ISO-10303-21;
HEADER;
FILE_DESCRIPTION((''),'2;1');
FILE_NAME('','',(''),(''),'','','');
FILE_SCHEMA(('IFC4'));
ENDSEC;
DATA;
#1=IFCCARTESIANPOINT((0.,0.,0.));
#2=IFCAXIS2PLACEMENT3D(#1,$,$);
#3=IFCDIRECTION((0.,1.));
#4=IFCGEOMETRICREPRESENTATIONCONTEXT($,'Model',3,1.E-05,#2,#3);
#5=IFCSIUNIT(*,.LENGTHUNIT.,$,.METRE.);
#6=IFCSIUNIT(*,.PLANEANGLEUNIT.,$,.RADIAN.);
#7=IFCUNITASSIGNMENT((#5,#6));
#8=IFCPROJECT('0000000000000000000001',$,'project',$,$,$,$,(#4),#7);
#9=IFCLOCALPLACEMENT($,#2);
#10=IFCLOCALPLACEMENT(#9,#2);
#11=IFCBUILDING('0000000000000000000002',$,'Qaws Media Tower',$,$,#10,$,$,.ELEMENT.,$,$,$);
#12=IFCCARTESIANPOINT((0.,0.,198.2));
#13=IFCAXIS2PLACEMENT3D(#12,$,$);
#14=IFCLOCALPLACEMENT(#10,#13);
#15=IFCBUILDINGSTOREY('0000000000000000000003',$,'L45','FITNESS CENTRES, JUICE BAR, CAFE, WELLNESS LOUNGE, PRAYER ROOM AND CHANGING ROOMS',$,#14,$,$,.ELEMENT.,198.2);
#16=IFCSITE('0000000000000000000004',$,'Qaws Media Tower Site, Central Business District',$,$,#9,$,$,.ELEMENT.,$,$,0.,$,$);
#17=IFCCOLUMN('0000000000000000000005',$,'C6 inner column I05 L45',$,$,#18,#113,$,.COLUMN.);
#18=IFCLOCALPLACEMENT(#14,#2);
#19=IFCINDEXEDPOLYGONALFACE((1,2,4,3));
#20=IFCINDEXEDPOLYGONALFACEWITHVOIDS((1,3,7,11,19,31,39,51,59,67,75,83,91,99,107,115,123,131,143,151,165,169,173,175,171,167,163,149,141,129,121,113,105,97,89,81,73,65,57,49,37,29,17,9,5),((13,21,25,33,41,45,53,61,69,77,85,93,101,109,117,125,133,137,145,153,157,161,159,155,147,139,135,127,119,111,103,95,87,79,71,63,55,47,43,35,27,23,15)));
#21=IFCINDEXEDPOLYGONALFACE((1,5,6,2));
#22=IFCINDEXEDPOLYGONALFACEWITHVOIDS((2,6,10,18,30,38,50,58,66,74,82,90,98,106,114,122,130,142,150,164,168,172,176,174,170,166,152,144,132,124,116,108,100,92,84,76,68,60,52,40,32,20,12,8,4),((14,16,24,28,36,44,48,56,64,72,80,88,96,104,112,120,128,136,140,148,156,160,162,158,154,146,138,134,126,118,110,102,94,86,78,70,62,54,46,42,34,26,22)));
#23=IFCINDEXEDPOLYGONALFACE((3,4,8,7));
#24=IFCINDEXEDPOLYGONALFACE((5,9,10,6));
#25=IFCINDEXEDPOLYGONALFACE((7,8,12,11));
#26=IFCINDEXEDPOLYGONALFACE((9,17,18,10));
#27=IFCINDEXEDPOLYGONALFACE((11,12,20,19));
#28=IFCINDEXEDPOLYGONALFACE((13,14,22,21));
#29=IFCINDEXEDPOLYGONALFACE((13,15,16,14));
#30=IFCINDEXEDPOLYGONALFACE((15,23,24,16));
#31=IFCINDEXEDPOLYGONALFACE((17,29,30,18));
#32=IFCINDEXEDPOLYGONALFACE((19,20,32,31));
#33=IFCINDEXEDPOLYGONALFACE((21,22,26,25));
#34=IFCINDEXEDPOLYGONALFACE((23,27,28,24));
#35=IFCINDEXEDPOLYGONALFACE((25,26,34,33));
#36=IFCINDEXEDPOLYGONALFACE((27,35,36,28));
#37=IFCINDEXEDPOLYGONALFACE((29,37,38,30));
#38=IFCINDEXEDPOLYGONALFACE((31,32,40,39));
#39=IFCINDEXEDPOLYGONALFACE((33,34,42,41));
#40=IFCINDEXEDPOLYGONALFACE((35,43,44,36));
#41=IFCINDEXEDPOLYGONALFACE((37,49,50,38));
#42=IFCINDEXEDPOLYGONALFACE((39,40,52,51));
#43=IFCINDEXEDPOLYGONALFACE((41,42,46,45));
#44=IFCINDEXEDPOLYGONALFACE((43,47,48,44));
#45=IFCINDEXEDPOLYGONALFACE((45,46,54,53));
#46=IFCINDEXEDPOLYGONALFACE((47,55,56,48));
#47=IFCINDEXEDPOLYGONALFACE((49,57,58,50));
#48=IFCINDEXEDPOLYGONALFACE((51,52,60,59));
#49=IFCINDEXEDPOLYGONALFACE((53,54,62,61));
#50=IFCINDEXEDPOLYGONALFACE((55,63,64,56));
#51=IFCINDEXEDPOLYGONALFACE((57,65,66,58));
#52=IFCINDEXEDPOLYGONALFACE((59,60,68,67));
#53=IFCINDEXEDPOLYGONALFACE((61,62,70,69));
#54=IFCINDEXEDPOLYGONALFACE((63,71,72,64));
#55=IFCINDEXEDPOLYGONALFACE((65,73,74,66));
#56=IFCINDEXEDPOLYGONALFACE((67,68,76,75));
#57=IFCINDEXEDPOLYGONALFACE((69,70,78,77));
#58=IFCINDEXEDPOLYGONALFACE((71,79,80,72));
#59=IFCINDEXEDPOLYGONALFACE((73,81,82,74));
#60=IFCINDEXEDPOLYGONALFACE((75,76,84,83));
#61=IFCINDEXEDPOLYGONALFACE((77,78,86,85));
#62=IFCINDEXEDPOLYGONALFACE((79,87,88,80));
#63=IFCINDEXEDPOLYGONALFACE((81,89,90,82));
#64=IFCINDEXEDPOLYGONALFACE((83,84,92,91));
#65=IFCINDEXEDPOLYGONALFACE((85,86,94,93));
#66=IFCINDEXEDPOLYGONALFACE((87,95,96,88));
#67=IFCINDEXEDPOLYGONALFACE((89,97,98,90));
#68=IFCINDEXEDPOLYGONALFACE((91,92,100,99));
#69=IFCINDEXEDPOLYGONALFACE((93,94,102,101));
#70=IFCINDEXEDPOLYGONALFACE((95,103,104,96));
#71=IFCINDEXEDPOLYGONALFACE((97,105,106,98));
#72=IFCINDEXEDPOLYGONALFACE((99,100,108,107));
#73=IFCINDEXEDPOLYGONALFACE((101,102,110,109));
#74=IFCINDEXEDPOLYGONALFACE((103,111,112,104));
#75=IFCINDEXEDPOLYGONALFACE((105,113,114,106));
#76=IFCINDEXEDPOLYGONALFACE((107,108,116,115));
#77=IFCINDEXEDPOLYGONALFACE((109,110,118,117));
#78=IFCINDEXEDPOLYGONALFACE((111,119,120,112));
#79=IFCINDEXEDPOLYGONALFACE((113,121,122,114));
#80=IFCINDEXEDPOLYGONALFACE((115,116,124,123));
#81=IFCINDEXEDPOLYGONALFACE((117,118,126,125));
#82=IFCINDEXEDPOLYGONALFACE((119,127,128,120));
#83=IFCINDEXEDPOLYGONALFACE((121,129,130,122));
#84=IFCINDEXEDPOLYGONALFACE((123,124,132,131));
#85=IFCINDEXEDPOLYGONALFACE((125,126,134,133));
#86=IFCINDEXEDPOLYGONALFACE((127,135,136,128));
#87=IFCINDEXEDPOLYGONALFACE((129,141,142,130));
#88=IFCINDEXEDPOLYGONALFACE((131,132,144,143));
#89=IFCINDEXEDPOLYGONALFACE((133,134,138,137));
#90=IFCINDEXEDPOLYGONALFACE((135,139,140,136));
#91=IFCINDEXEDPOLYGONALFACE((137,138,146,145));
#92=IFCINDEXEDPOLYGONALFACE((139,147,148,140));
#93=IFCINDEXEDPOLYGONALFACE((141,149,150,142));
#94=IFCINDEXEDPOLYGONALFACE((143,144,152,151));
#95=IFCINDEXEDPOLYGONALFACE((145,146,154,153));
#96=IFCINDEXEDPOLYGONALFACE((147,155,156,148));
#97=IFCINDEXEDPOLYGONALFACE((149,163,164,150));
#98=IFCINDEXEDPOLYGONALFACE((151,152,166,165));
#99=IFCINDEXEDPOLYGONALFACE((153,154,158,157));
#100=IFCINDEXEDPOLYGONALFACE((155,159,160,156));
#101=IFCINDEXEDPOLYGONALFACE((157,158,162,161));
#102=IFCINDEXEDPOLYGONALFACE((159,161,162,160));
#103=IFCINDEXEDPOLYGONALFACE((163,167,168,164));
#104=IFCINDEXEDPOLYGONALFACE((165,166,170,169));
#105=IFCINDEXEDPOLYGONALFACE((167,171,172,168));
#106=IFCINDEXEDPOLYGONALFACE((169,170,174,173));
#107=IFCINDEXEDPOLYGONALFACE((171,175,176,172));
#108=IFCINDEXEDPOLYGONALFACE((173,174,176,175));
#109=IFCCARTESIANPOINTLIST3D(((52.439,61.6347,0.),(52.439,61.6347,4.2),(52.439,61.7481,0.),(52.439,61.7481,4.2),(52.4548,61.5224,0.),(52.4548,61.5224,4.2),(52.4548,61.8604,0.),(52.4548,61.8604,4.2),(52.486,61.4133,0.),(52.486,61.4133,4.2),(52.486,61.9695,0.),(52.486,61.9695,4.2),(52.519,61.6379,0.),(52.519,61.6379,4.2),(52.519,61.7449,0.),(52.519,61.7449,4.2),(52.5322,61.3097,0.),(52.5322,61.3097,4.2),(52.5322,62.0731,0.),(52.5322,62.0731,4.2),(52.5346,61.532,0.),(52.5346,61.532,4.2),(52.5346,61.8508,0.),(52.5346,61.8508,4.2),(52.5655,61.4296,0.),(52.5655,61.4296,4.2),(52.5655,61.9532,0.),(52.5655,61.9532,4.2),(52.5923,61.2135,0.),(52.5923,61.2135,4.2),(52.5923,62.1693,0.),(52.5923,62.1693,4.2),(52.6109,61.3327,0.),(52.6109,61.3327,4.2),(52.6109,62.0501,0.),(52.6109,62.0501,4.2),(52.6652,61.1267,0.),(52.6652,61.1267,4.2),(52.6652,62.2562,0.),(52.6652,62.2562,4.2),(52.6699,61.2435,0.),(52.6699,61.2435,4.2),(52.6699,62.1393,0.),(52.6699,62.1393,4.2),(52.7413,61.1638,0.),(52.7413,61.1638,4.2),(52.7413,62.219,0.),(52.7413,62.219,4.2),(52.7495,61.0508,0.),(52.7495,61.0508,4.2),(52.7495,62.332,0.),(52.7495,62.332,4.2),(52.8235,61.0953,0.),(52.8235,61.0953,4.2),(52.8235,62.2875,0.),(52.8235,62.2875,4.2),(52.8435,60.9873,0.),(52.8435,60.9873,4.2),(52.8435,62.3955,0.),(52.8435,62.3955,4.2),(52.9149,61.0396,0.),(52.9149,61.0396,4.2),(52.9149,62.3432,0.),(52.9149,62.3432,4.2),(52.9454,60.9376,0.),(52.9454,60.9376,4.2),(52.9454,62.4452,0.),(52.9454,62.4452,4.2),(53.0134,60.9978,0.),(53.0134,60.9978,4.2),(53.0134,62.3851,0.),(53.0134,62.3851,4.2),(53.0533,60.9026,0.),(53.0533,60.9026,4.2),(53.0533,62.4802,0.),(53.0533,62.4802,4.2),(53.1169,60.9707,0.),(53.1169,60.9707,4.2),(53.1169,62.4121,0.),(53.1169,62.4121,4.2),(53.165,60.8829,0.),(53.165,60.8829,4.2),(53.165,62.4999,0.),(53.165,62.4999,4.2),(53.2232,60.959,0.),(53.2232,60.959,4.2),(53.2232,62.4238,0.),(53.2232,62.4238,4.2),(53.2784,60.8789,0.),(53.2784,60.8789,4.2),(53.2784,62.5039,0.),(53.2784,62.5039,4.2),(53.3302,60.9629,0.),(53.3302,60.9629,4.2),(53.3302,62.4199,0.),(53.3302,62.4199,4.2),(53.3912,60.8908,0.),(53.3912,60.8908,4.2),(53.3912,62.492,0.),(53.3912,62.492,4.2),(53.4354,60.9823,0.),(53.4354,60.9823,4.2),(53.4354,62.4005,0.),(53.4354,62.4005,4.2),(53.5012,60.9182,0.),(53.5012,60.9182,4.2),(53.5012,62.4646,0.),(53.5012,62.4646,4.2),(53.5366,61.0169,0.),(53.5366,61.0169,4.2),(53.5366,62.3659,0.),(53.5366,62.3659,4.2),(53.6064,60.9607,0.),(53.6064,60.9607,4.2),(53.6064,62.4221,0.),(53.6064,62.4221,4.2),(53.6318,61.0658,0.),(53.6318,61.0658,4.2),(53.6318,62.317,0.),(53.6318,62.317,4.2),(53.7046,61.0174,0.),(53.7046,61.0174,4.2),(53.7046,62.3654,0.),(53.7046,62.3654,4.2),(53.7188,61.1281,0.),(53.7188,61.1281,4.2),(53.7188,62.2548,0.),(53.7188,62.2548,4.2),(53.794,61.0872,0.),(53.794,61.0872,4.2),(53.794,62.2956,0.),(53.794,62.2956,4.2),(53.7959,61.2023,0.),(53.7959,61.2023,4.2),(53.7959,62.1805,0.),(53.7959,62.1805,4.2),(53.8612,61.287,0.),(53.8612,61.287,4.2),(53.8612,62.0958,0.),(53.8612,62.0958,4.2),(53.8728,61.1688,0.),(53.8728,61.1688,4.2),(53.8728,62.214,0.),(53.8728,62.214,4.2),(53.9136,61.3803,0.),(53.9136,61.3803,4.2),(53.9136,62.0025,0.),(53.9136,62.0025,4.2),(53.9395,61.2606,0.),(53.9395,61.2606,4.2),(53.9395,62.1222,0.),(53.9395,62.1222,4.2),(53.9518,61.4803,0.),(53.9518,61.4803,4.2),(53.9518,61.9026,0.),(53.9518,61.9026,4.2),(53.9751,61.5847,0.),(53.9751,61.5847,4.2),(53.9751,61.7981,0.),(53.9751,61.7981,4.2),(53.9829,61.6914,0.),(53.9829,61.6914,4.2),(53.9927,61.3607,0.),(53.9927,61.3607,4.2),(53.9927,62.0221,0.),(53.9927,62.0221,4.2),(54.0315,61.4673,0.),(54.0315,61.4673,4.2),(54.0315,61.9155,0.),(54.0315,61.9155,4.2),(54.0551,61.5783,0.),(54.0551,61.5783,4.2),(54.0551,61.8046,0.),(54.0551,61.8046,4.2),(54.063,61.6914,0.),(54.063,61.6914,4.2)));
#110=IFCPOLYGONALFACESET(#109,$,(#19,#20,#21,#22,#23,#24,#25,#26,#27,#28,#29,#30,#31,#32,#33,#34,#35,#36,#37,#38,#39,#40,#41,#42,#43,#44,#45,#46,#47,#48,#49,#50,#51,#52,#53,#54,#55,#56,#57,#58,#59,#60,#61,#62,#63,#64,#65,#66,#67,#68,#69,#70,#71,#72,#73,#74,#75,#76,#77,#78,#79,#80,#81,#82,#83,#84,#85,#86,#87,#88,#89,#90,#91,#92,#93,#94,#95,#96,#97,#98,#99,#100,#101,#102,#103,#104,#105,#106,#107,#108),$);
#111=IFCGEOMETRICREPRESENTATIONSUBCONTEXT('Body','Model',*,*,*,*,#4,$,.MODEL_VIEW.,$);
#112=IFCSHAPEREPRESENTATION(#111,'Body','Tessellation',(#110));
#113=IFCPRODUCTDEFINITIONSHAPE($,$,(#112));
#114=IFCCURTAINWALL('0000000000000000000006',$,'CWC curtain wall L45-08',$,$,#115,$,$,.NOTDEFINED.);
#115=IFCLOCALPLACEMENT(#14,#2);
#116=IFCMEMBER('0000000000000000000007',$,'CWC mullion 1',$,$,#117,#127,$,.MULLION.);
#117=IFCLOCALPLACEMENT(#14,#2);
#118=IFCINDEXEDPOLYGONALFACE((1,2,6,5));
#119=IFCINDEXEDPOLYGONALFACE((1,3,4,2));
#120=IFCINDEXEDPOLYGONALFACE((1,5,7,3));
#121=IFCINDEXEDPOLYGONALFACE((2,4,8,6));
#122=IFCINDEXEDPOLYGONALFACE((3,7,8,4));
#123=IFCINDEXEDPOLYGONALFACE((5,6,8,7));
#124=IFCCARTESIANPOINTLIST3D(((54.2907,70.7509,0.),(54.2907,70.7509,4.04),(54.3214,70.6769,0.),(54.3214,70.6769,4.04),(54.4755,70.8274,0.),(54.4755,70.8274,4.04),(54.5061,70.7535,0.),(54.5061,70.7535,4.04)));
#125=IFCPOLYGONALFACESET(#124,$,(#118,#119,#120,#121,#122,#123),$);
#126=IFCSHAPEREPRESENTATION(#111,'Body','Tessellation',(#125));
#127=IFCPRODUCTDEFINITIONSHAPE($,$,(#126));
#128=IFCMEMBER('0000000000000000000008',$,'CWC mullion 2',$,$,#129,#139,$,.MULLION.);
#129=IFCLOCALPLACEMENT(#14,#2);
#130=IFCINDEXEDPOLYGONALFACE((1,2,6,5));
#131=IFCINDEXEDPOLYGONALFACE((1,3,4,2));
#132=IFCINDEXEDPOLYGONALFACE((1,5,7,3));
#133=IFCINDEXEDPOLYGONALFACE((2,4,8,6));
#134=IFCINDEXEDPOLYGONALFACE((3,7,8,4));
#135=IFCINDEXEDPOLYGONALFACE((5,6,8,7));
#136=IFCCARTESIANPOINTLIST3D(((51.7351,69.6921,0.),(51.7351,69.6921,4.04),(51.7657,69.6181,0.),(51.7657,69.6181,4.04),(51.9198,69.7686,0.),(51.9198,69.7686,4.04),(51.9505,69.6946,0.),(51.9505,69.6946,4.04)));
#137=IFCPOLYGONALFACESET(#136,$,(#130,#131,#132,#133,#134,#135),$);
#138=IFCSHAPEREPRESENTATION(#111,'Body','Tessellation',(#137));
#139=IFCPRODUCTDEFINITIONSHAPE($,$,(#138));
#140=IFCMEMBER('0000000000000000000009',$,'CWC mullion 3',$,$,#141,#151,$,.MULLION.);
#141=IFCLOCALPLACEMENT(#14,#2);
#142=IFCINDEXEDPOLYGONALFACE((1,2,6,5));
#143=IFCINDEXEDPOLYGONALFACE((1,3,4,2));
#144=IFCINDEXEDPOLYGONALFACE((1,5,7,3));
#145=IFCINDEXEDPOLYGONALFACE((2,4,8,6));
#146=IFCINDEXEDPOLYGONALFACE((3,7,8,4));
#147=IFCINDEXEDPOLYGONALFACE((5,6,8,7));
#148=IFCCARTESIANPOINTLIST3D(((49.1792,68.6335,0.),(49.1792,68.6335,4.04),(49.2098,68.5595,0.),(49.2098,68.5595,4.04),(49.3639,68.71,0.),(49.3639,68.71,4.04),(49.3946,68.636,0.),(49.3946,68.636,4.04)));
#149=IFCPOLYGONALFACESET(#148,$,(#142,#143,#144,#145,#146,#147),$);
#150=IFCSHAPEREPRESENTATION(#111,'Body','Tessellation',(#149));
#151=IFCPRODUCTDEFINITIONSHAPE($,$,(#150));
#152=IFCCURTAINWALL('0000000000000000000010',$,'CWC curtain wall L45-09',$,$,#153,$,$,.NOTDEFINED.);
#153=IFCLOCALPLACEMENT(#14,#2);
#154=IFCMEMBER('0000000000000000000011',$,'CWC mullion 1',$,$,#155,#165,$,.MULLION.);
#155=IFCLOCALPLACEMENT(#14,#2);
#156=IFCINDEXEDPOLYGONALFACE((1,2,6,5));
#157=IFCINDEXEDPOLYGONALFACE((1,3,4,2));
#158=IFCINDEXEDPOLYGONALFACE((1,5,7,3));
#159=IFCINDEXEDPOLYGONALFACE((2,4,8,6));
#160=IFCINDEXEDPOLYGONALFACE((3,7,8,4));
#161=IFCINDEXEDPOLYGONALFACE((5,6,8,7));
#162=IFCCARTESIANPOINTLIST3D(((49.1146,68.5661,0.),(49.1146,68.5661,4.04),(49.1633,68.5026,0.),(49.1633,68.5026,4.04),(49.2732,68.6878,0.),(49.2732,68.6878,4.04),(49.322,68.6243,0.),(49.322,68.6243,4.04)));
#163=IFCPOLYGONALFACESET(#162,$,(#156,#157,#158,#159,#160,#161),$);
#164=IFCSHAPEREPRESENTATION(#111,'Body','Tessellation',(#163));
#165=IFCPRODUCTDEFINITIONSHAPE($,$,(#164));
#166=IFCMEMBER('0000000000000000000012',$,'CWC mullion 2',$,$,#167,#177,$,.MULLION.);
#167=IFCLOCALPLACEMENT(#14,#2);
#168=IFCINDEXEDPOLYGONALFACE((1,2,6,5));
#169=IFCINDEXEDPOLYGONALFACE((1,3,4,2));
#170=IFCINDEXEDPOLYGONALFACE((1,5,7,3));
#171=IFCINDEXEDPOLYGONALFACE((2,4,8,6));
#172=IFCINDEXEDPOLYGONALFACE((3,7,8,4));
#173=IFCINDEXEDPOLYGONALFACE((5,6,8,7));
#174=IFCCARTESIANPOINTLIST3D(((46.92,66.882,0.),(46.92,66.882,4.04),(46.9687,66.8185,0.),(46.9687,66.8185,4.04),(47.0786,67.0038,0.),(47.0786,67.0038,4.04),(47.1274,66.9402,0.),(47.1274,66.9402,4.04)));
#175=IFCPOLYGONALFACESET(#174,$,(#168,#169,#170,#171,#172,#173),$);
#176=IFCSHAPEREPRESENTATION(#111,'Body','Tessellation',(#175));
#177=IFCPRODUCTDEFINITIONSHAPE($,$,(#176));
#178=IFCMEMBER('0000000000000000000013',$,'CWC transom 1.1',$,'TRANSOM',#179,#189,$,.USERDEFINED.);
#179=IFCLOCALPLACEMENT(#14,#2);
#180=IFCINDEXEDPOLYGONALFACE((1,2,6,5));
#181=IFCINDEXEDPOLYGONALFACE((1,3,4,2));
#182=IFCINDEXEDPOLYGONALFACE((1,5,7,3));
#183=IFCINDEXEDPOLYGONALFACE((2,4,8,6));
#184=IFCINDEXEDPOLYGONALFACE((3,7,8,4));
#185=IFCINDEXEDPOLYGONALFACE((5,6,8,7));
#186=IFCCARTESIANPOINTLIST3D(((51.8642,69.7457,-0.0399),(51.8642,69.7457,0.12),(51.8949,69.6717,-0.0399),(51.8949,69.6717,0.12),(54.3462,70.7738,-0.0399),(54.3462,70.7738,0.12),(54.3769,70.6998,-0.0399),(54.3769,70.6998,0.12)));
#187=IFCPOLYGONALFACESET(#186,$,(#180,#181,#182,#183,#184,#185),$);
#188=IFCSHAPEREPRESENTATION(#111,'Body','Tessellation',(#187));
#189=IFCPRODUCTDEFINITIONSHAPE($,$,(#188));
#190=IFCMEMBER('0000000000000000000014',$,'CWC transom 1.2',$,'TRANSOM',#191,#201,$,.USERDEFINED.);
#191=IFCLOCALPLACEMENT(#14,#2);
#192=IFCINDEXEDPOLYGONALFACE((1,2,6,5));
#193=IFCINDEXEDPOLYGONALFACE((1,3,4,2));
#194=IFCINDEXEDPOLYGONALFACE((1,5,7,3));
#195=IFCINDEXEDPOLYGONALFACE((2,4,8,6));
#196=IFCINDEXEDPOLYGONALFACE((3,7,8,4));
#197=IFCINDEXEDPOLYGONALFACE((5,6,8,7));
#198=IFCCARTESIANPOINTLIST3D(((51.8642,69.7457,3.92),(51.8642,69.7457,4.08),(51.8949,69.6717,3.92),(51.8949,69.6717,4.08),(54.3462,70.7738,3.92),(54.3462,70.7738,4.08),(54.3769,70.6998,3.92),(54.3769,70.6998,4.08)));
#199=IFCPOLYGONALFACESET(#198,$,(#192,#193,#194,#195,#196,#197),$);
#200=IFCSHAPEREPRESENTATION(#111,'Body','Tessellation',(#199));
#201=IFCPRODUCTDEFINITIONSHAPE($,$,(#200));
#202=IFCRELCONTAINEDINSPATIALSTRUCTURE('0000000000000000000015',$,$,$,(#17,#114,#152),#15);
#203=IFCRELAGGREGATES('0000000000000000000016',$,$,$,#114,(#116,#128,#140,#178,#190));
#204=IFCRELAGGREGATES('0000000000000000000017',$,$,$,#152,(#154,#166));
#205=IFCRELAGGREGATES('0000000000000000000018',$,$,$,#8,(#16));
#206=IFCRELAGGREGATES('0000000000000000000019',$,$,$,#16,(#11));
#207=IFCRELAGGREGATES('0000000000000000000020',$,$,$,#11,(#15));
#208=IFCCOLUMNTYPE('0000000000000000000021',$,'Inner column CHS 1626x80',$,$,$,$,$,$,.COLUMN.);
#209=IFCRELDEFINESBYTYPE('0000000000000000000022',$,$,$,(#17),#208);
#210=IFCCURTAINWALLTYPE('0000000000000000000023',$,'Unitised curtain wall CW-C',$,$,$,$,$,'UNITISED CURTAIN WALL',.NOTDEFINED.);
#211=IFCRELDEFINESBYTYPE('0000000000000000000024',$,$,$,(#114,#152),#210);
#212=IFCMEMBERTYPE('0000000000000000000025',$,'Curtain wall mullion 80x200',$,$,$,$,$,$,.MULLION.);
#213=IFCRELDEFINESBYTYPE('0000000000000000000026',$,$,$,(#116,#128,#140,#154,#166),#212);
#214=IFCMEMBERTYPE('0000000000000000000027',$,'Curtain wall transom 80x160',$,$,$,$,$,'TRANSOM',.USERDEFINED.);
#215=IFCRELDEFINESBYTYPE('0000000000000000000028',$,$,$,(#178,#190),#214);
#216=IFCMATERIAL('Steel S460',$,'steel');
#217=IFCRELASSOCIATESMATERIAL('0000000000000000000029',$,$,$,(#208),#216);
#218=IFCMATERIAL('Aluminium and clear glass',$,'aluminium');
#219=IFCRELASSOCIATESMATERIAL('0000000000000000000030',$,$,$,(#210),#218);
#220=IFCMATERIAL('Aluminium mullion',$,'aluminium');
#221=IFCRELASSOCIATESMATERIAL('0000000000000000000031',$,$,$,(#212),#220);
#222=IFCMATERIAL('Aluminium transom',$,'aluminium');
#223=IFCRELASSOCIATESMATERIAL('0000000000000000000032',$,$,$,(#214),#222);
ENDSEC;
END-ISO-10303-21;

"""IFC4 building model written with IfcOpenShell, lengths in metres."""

from ifc_helpers import new_model, si_unit, direction, frame, origin, origin_2d, place, context, subcontext, project, spatial, rectangle, hollow_circle, extrude, material, material_profile, profile_set, type_object, element, aggregate, save


model = new_model("IFC4")

# Units and contexts
model_context = context("Model", 3, precision=1e-05, world=origin(), true_north=direction((0.0, 1.0)))
body_context = subcontext(model_context, "Body", "Model", "MODEL_VIEW")
ifc_project = project(units=[si_unit("LENGTHUNIT", "METRE"), si_unit("PLANEANGLEUNIT", "RADIAN")], contexts=[model_context])

# Site, building, storey
site_placement = place(None, origin())
site = spatial("IfcSite", under=ifc_project, at=site_placement, Name="Qaws Media Tower Site, Central Business District", CompositionType="ELEMENT", RefElevation=0.0)
building_placement = place(site_placement, origin())
building = spatial("IfcBuilding", under=site, at=building_placement, Name="Qaws Media Tower", CompositionType="ELEMENT")
storey_placement = place(building_placement, frame((0.0, 0.0, 198.2)))
storey = spatial("IfcBuildingStorey", under=building, at=storey_placement, Name="L45", Description="FITNESS CENTRES, JUICE BAR, CAFE, WELLNESS LOUNGE, PRAYER ROOM AND CHANGING ROOMS", CompositionType="ELEMENT", Elevation=198.2)

# Column
ifc_material_1 = material(Name="Steel S460", Category="steel")
ifc_material_profile_1 = material_profile(ifc_material_1, hollow_circle(Radius=0.813, WallThickness=0.0801, at=origin_2d()), Name="CHS 1626x80")
ifc_profile_set_1 = profile_set([ifc_material_profile_1], Name="Steel S460")
column_type = type_object("IfcColumnType", Name="Inner column CHS 1626x80", PredefinedType="COLUMN", material=ifc_profile_set_1)
column_placement = place(storey_placement, frame((53.25, 61.6914, 0.0), z_axis=(0.0, 0.0, 1.0), x_axis=(1.0, 0.0, 0.0)))
element("IfcColumn", 1, at=column_placement, inside=storey, type_object=column_type, Name="C6 inner column I05 L45", PredefinedType="COLUMN", context=body_context, shape_type="SweptSolid", body=[
    extrude(hollow_circle(Radius=0.813, WallThickness=0.0801, at=origin_2d()), origin(), (0.0, 0.0, 1.0), 4.2),
])

# Curtain walls, members
ifc_material_2 = material(Name="Aluminium and clear glass", Category="aluminium")
curtain_wall_type = type_object("IfcCurtainWallType", Name="Unitised curtain wall CW-C", ElementType="UNITISED CURTAIN WALL", PredefinedType="NOTDEFINED", material=ifc_material_2)
curtain_wall_1_placement = place(storey_placement, origin())
curtain_wall_1 = element("IfcCurtainWall", 2, at=curtain_wall_1_placement, inside=storey, type_object=curtain_wall_type, Name="CWC curtain wall L45-08", PredefinedType="NOTDEFINED")
ifc_material_3 = material(Name="Aluminium mullion", Category="aluminium")
ifc_material_profile_2 = material_profile(ifc_material_3, rectangle(XDim=0.0801, YDim=0.2, at=origin_2d()), Name="80x200")
ifc_profile_set_2 = profile_set([ifc_material_profile_2], Name="Aluminium mullion")
member_type_1 = type_object("IfcMemberType", Name="Curtain wall mullion 80x200", PredefinedType="MULLION", material=ifc_profile_set_2)
member_1_placement = place(storey_placement, frame((54.3984, 70.7522, 0.0), z_axis=(0.0, 0.0, 1.0), x_axis=(0.382683, -0.92388, 0.0)))
member_1 = element("IfcMember", 3, at=member_1_placement, type_object=member_type_1, Name="CWC mullion 1", PredefinedType="MULLION", context=body_context, shape_type="SweptSolid", body=[
    extrude(rectangle(XDim=0.0801, YDim=0.2, at=origin_2d()), origin(), (0.0, 0.0, 1.0), 4.04),
])
member_2_placement = place(storey_placement, frame((51.8428, 69.6934, 0.0), z_axis=(0.0, 0.0, 1.0), x_axis=(0.382683, -0.92388, 0.0)))
member_2 = element("IfcMember", 4, at=member_2_placement, type_object=member_type_1, Name="CWC mullion 2", PredefinedType="MULLION", context=body_context, shape_type="SweptSolid", body=[
    extrude(rectangle(XDim=0.0801, YDim=0.2, at=origin_2d()), origin(), (0.0, 0.0, 1.0), 4.04),
])
member_3_placement = place(storey_placement, frame((49.2869, 68.6348, 0.0), z_axis=(0.0, 0.0, 1.0), x_axis=(0.382683, -0.92388, 0.0)))
member_3 = element("IfcMember", 5, at=member_3_placement, type_object=member_type_1, Name="CWC mullion 3", PredefinedType="MULLION", context=body_context, shape_type="SweptSolid", body=[
    extrude(rectangle(XDim=0.0801, YDim=0.2, at=origin_2d()), origin(), (0.0, 0.0, 1.0), 4.04),
])
curtain_wall_2_placement = place(storey_placement, origin())
curtain_wall_2 = element("IfcCurtainWall", 6, at=curtain_wall_2_placement, inside=storey, type_object=curtain_wall_type, Name="CWC curtain wall L45-09", PredefinedType="NOTDEFINED")
member_4_placement = place(storey_placement, frame((49.2183, 68.5952, 0.0), z_axis=(0.0, 0.0, 1.0), x_axis=(0.608761, -0.793353, 0.0)))
member_4 = element("IfcMember", 7, at=member_4_placement, type_object=member_type_1, Name="CWC mullion 1", PredefinedType="MULLION", context=body_context, shape_type="SweptSolid", body=[
    extrude(rectangle(XDim=0.0801, YDim=0.2, at=origin_2d()), origin(), (0.0, 0.0, 1.0), 4.04),
])
member_5_placement = place(storey_placement, frame((47.0237, 66.9111, 0.0), z_axis=(0.0, 0.0, 1.0), x_axis=(0.608761, -0.793353, 0.0)))
member_5 = element("IfcMember", 8, at=member_5_placement, type_object=member_type_1, Name="CWC mullion 2", PredefinedType="MULLION", context=body_context, shape_type="SweptSolid", body=[
    extrude(rectangle(XDim=0.0801, YDim=0.2, at=origin_2d()), origin(), (0.0, 0.0, 1.0), 4.04),
])

# Members
ifc_material_4 = material(Name="Aluminium transom", Category="aluminium")
ifc_material_profile_3 = material_profile(ifc_material_4, rectangle(XDim=0.0801, YDim=0.1599, at=origin_2d()), Name="80x160")
ifc_profile_set_3 = profile_set([ifc_material_profile_3], Name="Aluminium transom")
member_type_2 = type_object("IfcMemberType", Name="Curtain wall transom 80x160", ElementType="TRANSOM", PredefinedType="USERDEFINED", material=ifc_profile_set_3)
member_6_placement = place(storey_placement, frame((54.3616, 70.7368, 0.04), z_axis=(-0.923876, -0.382692, 0.0), x_axis=(0.382692, -0.923876, 0.0)))
member_6 = element("IfcMember", 9, at=member_6_placement, type_object=member_type_2, Name="CWC transom 1.1", ObjectType="TRANSOM", PredefinedType="USERDEFINED", context=body_context, shape_type="SweptSolid", body=[
    extrude(rectangle(XDim=0.0801, YDim=0.1599, at=origin_2d()), origin(), (0.0, 0.0, 1.0), 2.6865),
])
member_7_placement = place(storey_placement, frame((54.3616, 70.7368, 4.0), z_axis=(-0.923876, -0.382692, 0.0), x_axis=(0.382692, -0.923876, 0.0)))
member_7 = element("IfcMember", 10, at=member_7_placement, type_object=member_type_2, Name="CWC transom 1.2", ObjectType="TRANSOM", PredefinedType="USERDEFINED", context=body_context, shape_type="SweptSolid", body=[
    extrude(rectangle(XDim=0.0801, YDim=0.1599, at=origin_2d()), origin(), (0.0, 0.0, 1.0), 2.6865),
])

aggregate(curtain_wall_1, [member_1, member_2, member_3, member_6, member_7])
aggregate(curtain_wall_2, [member_4, member_5])

save(model, "model.ifc")
